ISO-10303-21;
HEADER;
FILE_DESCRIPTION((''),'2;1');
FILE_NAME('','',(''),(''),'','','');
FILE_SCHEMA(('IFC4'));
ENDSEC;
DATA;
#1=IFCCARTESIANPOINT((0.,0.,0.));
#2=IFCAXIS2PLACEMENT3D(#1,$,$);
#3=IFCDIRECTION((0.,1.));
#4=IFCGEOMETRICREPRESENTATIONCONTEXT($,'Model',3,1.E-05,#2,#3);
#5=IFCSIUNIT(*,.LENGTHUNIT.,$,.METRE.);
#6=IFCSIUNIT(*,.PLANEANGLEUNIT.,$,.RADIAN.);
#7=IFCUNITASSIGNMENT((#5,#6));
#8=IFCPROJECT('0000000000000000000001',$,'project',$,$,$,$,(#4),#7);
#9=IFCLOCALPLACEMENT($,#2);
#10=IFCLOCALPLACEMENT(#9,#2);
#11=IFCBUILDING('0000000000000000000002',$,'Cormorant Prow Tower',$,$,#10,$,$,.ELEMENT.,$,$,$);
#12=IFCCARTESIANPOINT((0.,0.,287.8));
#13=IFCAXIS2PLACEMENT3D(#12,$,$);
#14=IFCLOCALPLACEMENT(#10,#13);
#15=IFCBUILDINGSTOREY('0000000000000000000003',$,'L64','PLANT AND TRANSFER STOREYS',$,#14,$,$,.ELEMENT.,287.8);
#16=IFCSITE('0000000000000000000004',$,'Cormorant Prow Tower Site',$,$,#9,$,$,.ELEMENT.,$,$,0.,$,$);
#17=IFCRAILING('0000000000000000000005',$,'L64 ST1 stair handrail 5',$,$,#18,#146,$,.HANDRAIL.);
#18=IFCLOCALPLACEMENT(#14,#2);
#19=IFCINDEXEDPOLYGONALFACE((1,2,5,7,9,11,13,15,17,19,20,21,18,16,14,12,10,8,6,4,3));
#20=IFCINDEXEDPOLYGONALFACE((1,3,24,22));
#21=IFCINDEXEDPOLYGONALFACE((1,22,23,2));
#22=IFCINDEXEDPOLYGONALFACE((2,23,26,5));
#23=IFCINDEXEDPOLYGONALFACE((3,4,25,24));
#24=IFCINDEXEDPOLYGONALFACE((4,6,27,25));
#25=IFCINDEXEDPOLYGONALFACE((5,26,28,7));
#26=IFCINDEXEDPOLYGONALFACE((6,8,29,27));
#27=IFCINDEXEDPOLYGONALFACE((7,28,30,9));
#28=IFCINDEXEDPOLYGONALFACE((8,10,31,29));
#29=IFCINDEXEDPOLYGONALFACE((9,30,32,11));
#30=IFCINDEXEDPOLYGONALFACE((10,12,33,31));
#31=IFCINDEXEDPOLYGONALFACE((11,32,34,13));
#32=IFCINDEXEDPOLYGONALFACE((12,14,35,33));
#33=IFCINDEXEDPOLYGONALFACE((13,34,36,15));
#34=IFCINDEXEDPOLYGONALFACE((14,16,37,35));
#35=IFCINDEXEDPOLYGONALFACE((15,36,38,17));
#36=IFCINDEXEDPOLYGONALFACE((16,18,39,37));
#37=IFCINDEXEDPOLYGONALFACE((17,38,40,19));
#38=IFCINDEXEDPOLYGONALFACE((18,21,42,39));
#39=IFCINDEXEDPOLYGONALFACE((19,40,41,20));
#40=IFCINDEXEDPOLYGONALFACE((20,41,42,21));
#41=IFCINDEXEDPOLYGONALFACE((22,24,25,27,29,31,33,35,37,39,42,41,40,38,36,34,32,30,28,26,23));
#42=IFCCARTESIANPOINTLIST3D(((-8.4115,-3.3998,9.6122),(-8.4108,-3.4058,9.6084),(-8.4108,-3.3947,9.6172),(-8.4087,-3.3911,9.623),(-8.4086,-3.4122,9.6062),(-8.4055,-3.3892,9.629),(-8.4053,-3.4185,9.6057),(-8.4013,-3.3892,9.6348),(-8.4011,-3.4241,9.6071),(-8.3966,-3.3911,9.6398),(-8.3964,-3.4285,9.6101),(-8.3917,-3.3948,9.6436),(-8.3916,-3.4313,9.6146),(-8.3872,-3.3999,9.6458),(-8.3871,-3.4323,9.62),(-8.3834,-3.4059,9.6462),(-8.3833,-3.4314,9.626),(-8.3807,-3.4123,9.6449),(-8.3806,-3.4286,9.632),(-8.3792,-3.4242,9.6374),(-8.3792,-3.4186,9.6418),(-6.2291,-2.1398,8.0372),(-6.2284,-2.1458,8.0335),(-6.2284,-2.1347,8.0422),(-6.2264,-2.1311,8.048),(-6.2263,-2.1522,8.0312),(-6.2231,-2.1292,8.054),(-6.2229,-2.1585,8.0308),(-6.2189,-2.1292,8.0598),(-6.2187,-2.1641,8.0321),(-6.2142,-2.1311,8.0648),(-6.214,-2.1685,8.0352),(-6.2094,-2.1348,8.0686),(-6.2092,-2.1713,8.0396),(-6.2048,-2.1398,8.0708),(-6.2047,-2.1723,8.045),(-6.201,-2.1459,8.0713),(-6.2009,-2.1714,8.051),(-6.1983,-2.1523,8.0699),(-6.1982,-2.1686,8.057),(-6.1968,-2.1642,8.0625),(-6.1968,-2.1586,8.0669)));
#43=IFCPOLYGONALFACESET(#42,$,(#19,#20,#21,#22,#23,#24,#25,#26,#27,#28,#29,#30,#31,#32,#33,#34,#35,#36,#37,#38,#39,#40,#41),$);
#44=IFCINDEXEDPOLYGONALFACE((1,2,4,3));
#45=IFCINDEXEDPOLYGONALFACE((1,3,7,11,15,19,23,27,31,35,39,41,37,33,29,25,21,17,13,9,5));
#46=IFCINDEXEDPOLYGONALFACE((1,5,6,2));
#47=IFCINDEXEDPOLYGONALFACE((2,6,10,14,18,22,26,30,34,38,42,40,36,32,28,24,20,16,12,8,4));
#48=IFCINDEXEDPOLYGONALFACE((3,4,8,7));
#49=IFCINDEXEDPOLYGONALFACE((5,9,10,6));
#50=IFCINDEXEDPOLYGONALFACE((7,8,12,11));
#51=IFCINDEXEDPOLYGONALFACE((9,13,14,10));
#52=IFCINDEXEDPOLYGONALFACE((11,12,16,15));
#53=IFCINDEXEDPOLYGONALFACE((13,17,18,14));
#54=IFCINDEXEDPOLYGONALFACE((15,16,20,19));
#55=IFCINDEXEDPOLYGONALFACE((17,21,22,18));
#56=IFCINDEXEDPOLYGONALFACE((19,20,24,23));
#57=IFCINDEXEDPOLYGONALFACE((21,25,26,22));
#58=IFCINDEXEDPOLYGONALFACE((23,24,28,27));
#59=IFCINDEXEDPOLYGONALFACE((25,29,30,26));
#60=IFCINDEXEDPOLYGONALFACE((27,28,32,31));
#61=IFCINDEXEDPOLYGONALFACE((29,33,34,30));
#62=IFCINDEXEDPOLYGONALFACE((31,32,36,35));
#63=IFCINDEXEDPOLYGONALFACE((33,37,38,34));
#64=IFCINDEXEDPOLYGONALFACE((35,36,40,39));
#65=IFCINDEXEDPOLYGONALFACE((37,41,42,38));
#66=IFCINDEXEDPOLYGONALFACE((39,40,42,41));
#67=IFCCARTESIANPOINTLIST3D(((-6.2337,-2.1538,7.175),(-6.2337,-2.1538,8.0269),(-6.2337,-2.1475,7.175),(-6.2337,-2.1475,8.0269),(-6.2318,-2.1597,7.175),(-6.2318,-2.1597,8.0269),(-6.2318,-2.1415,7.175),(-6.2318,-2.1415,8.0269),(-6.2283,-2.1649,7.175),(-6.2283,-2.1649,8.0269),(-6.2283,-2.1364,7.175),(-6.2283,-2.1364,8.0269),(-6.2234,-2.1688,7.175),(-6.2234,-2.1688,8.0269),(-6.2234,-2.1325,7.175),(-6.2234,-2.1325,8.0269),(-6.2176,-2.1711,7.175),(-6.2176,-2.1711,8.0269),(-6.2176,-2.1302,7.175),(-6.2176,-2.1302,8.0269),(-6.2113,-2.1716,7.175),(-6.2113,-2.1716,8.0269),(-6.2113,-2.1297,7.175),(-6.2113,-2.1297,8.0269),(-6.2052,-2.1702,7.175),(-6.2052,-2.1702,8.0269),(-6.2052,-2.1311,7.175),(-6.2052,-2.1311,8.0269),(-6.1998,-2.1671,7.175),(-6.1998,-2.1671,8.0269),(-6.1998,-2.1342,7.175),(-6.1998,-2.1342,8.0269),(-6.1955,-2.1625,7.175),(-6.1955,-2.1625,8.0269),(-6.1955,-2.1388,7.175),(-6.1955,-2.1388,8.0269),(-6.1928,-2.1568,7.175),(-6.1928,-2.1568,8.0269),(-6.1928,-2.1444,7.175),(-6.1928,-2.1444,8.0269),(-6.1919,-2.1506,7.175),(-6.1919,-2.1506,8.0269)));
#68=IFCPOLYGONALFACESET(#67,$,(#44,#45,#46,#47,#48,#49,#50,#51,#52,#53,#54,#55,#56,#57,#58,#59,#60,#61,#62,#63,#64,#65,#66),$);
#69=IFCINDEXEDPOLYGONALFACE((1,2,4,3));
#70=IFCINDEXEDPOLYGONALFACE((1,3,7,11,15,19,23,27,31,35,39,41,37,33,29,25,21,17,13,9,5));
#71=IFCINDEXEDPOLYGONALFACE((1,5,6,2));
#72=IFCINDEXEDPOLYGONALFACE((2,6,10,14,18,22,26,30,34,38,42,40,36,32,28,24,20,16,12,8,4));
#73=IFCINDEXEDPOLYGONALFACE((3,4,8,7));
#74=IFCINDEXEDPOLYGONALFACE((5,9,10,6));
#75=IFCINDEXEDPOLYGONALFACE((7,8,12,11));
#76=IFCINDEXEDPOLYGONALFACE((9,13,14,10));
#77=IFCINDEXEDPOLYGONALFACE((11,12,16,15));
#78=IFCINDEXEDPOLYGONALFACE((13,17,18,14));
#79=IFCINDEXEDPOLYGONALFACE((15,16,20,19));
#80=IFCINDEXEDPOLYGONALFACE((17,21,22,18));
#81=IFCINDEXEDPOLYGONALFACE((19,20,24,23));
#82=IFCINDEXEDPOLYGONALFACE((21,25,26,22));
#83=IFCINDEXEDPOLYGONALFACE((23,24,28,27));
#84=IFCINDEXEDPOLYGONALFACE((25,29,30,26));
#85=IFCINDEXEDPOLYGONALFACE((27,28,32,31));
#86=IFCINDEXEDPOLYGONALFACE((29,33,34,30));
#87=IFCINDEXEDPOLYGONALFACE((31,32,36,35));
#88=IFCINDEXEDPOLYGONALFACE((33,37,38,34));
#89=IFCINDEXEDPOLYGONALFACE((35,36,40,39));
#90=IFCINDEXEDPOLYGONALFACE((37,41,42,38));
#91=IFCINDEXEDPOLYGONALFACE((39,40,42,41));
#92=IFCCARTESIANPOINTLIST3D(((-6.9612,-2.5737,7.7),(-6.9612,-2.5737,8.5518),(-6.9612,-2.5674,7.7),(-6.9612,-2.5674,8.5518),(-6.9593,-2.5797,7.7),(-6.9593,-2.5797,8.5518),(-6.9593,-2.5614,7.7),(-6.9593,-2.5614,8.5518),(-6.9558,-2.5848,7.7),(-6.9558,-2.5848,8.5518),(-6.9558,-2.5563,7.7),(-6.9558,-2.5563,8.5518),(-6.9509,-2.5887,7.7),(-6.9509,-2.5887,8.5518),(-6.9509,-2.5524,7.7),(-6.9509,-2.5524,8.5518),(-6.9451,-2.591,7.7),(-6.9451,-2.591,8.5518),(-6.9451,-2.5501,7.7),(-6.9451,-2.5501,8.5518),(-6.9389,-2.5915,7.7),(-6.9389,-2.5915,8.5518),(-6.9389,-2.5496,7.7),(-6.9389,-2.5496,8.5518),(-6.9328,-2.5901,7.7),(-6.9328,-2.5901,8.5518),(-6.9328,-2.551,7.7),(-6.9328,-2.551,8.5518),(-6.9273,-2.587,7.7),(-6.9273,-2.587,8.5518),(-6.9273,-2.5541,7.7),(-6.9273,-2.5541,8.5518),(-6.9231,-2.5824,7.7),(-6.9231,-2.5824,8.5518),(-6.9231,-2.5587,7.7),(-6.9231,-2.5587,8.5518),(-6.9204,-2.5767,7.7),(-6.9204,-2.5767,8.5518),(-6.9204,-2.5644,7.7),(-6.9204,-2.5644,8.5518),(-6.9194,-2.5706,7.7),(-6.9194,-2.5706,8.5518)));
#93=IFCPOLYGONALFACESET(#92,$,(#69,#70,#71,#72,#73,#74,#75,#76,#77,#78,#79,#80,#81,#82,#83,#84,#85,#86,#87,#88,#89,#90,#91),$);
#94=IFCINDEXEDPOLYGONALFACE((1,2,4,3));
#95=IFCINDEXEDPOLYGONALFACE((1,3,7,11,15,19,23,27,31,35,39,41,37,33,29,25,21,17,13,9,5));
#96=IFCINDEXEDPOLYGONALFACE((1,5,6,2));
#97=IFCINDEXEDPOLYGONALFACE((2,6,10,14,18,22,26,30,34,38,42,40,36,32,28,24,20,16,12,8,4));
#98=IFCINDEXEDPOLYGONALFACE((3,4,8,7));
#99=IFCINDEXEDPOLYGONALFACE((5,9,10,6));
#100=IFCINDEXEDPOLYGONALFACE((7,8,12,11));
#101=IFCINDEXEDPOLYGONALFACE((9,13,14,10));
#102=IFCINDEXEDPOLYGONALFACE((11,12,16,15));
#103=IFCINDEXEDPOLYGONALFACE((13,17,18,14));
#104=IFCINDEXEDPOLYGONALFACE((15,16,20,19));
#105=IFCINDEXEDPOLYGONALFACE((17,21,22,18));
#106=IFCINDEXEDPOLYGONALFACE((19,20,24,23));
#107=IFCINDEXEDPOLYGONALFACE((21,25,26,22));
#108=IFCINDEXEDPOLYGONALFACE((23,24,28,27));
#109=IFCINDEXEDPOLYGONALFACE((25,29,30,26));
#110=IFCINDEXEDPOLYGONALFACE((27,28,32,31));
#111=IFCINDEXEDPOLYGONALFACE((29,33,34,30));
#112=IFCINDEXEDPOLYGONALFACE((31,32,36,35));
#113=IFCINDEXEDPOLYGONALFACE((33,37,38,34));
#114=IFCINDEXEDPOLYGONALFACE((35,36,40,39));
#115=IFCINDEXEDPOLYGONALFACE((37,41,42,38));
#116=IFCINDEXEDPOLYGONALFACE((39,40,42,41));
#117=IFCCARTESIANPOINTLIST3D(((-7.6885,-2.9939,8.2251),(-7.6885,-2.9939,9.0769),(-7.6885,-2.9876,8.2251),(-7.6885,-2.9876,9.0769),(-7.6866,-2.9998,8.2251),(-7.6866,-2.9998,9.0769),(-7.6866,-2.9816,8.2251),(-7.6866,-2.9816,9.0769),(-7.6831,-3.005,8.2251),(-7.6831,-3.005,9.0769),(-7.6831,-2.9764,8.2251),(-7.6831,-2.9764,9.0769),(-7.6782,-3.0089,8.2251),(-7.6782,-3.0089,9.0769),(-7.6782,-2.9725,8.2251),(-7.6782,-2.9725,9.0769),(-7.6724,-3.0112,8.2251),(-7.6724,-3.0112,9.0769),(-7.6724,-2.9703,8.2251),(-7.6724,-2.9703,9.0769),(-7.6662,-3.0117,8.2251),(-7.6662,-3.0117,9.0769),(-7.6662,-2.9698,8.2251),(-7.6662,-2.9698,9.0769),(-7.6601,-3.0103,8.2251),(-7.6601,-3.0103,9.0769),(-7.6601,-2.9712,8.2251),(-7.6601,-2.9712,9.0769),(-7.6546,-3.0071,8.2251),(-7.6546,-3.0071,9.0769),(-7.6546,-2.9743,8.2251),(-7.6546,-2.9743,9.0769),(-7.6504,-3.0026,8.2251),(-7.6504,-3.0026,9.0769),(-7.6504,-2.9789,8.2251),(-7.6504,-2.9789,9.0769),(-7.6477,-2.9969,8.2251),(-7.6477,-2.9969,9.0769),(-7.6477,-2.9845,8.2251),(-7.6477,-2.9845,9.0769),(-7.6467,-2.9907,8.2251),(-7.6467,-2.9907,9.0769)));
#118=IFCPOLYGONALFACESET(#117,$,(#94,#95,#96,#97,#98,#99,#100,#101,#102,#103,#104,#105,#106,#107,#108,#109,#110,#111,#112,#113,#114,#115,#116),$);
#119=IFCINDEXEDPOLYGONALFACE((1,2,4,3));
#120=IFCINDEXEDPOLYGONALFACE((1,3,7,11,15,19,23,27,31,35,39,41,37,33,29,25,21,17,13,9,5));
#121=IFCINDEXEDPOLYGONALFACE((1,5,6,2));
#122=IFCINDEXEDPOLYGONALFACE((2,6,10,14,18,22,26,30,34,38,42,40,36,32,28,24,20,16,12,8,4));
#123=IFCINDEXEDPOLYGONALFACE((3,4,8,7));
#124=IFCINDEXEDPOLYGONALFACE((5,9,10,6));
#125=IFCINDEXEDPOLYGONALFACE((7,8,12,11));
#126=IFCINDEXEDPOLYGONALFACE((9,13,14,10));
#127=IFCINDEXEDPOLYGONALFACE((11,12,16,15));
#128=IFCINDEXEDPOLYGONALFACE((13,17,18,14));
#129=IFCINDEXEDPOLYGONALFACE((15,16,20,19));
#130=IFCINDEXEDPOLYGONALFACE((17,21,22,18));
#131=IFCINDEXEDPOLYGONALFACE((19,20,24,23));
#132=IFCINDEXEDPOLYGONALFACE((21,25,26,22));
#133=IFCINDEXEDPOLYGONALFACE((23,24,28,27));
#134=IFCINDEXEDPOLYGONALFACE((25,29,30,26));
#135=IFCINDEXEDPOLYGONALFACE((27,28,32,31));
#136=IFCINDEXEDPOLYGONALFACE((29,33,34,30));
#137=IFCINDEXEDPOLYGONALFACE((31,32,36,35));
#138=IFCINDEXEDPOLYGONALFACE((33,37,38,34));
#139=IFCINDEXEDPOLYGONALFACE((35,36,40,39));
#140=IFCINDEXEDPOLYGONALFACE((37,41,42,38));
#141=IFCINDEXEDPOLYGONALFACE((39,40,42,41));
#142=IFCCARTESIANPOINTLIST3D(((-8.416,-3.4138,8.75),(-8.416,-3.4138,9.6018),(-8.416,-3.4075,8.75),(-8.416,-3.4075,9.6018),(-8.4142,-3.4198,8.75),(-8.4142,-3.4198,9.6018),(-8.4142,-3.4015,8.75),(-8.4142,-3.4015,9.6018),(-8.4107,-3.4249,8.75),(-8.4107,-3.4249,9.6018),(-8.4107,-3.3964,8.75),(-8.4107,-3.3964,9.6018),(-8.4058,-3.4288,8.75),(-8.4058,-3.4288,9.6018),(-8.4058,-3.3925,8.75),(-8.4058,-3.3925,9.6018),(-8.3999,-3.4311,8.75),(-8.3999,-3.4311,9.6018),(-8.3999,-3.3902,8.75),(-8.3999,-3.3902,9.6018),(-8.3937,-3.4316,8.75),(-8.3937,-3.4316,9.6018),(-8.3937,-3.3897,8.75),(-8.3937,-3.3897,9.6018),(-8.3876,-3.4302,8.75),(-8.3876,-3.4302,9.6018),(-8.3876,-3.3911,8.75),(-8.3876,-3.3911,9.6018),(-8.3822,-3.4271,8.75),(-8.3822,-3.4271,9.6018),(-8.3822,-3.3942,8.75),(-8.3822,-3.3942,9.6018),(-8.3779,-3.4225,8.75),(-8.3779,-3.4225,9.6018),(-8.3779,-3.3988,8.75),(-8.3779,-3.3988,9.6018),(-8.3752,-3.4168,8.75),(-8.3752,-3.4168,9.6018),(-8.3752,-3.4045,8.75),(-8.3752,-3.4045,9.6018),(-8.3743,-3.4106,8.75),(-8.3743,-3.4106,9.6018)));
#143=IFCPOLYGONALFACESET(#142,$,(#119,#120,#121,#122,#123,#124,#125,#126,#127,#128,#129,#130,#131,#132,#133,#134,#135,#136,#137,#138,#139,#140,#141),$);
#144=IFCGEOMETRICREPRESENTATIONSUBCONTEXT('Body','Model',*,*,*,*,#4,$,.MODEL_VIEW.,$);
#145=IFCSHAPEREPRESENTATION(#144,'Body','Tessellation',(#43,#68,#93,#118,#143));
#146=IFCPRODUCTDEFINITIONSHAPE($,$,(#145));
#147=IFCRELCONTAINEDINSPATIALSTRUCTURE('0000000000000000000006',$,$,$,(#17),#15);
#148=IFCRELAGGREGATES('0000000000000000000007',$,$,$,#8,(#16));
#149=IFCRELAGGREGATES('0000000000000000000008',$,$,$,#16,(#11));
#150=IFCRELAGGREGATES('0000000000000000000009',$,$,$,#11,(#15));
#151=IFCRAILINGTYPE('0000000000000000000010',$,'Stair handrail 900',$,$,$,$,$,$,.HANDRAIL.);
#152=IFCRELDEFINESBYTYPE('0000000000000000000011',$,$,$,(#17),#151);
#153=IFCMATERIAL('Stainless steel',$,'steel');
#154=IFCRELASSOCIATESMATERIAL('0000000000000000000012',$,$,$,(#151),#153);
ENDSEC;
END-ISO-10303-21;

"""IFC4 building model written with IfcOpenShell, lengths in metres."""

from ifc_helpers import new_model, si_unit, direction, frame, origin, origin_2d, place, context, subcontext, project, spatial, circle, extrude, material, type_object, element, save


model = new_model("IFC4")

# Units and contexts
model_context = context("Model", 3, precision=1e-05, world=origin(), true_north=direction((0.0, 1.0)))
body_context = subcontext(model_context, "Body", "Model", "MODEL_VIEW")
ifc_project = project(units=[si_unit("LENGTHUNIT", "METRE"), si_unit("PLANEANGLEUNIT", "RADIAN")], contexts=[model_context])

# Site, building, storey
site_placement = place(None, origin())
site = spatial("IfcSite", under=ifc_project, at=site_placement, Name="Cormorant Prow Tower Site", CompositionType="ELEMENT", RefElevation=0.0)
building_placement = place(site_placement, origin())
building = spatial("IfcBuilding", under=site, at=building_placement, Name="Cormorant Prow Tower", CompositionType="ELEMENT")
storey_placement = place(building_placement, frame((0.0, 0.0, 287.8)))
storey = spatial("IfcBuildingStorey", under=building, at=storey_placement, Name="L64", Description="PLANT AND TRANSFER STOREYS", CompositionType="ELEMENT", Elevation=287.8)

# Railing
ifc_material_1 = material(Name="Stainless steel", Category="steel")
railing_type_1 = type_object("IfcRailingType", Name="Stair handrail 900", PredefinedType="HANDRAIL", material=ifc_material_1)
for number, where, name in (
    (1, (-6.2129, -2.1506, 7.175), "L64 ST1 stair handrail 5"),
):
    element("IfcRailing", number, at=place(storey_placement, frame(where)), inside=storey, type_object=railing_type_1, Name=name, PredefinedType="HANDRAIL", context=body_context, shape_type="SweptSolid", body=[
        extrude(circle(Radius=0.0239, at=origin_2d()), frame((0.0, 0.0, 0.876), z_axis=(-0.734392, -0.424007, 0.529988), x_axis=(0.500005, -0.866023, 0.0)), (0.0, 0.0, 1.0), 2.9717),
        extrude(circle(Radius=0.021, at=origin_2d()), origin(), (0.0, 0.0, 1.0), 0.8518),
        extrude(circle(Radius=0.021, at=origin_2d()), frame((-0.7275, -0.4199, 0.5249)), (0.0, 0.0, 1.0), 0.8518),
        extrude(circle(Radius=0.021, at=origin_2d()), frame((-1.4548, -0.8401, 1.05)), (0.0, 0.0, 1.0), 0.8518),
        extrude(circle(Radius=0.021, at=origin_2d()), frame((-2.1824, -1.26, 1.575)), (0.0, 0.0, 1.0), 0.8518),
    ])

save(model, "model.ifc")
